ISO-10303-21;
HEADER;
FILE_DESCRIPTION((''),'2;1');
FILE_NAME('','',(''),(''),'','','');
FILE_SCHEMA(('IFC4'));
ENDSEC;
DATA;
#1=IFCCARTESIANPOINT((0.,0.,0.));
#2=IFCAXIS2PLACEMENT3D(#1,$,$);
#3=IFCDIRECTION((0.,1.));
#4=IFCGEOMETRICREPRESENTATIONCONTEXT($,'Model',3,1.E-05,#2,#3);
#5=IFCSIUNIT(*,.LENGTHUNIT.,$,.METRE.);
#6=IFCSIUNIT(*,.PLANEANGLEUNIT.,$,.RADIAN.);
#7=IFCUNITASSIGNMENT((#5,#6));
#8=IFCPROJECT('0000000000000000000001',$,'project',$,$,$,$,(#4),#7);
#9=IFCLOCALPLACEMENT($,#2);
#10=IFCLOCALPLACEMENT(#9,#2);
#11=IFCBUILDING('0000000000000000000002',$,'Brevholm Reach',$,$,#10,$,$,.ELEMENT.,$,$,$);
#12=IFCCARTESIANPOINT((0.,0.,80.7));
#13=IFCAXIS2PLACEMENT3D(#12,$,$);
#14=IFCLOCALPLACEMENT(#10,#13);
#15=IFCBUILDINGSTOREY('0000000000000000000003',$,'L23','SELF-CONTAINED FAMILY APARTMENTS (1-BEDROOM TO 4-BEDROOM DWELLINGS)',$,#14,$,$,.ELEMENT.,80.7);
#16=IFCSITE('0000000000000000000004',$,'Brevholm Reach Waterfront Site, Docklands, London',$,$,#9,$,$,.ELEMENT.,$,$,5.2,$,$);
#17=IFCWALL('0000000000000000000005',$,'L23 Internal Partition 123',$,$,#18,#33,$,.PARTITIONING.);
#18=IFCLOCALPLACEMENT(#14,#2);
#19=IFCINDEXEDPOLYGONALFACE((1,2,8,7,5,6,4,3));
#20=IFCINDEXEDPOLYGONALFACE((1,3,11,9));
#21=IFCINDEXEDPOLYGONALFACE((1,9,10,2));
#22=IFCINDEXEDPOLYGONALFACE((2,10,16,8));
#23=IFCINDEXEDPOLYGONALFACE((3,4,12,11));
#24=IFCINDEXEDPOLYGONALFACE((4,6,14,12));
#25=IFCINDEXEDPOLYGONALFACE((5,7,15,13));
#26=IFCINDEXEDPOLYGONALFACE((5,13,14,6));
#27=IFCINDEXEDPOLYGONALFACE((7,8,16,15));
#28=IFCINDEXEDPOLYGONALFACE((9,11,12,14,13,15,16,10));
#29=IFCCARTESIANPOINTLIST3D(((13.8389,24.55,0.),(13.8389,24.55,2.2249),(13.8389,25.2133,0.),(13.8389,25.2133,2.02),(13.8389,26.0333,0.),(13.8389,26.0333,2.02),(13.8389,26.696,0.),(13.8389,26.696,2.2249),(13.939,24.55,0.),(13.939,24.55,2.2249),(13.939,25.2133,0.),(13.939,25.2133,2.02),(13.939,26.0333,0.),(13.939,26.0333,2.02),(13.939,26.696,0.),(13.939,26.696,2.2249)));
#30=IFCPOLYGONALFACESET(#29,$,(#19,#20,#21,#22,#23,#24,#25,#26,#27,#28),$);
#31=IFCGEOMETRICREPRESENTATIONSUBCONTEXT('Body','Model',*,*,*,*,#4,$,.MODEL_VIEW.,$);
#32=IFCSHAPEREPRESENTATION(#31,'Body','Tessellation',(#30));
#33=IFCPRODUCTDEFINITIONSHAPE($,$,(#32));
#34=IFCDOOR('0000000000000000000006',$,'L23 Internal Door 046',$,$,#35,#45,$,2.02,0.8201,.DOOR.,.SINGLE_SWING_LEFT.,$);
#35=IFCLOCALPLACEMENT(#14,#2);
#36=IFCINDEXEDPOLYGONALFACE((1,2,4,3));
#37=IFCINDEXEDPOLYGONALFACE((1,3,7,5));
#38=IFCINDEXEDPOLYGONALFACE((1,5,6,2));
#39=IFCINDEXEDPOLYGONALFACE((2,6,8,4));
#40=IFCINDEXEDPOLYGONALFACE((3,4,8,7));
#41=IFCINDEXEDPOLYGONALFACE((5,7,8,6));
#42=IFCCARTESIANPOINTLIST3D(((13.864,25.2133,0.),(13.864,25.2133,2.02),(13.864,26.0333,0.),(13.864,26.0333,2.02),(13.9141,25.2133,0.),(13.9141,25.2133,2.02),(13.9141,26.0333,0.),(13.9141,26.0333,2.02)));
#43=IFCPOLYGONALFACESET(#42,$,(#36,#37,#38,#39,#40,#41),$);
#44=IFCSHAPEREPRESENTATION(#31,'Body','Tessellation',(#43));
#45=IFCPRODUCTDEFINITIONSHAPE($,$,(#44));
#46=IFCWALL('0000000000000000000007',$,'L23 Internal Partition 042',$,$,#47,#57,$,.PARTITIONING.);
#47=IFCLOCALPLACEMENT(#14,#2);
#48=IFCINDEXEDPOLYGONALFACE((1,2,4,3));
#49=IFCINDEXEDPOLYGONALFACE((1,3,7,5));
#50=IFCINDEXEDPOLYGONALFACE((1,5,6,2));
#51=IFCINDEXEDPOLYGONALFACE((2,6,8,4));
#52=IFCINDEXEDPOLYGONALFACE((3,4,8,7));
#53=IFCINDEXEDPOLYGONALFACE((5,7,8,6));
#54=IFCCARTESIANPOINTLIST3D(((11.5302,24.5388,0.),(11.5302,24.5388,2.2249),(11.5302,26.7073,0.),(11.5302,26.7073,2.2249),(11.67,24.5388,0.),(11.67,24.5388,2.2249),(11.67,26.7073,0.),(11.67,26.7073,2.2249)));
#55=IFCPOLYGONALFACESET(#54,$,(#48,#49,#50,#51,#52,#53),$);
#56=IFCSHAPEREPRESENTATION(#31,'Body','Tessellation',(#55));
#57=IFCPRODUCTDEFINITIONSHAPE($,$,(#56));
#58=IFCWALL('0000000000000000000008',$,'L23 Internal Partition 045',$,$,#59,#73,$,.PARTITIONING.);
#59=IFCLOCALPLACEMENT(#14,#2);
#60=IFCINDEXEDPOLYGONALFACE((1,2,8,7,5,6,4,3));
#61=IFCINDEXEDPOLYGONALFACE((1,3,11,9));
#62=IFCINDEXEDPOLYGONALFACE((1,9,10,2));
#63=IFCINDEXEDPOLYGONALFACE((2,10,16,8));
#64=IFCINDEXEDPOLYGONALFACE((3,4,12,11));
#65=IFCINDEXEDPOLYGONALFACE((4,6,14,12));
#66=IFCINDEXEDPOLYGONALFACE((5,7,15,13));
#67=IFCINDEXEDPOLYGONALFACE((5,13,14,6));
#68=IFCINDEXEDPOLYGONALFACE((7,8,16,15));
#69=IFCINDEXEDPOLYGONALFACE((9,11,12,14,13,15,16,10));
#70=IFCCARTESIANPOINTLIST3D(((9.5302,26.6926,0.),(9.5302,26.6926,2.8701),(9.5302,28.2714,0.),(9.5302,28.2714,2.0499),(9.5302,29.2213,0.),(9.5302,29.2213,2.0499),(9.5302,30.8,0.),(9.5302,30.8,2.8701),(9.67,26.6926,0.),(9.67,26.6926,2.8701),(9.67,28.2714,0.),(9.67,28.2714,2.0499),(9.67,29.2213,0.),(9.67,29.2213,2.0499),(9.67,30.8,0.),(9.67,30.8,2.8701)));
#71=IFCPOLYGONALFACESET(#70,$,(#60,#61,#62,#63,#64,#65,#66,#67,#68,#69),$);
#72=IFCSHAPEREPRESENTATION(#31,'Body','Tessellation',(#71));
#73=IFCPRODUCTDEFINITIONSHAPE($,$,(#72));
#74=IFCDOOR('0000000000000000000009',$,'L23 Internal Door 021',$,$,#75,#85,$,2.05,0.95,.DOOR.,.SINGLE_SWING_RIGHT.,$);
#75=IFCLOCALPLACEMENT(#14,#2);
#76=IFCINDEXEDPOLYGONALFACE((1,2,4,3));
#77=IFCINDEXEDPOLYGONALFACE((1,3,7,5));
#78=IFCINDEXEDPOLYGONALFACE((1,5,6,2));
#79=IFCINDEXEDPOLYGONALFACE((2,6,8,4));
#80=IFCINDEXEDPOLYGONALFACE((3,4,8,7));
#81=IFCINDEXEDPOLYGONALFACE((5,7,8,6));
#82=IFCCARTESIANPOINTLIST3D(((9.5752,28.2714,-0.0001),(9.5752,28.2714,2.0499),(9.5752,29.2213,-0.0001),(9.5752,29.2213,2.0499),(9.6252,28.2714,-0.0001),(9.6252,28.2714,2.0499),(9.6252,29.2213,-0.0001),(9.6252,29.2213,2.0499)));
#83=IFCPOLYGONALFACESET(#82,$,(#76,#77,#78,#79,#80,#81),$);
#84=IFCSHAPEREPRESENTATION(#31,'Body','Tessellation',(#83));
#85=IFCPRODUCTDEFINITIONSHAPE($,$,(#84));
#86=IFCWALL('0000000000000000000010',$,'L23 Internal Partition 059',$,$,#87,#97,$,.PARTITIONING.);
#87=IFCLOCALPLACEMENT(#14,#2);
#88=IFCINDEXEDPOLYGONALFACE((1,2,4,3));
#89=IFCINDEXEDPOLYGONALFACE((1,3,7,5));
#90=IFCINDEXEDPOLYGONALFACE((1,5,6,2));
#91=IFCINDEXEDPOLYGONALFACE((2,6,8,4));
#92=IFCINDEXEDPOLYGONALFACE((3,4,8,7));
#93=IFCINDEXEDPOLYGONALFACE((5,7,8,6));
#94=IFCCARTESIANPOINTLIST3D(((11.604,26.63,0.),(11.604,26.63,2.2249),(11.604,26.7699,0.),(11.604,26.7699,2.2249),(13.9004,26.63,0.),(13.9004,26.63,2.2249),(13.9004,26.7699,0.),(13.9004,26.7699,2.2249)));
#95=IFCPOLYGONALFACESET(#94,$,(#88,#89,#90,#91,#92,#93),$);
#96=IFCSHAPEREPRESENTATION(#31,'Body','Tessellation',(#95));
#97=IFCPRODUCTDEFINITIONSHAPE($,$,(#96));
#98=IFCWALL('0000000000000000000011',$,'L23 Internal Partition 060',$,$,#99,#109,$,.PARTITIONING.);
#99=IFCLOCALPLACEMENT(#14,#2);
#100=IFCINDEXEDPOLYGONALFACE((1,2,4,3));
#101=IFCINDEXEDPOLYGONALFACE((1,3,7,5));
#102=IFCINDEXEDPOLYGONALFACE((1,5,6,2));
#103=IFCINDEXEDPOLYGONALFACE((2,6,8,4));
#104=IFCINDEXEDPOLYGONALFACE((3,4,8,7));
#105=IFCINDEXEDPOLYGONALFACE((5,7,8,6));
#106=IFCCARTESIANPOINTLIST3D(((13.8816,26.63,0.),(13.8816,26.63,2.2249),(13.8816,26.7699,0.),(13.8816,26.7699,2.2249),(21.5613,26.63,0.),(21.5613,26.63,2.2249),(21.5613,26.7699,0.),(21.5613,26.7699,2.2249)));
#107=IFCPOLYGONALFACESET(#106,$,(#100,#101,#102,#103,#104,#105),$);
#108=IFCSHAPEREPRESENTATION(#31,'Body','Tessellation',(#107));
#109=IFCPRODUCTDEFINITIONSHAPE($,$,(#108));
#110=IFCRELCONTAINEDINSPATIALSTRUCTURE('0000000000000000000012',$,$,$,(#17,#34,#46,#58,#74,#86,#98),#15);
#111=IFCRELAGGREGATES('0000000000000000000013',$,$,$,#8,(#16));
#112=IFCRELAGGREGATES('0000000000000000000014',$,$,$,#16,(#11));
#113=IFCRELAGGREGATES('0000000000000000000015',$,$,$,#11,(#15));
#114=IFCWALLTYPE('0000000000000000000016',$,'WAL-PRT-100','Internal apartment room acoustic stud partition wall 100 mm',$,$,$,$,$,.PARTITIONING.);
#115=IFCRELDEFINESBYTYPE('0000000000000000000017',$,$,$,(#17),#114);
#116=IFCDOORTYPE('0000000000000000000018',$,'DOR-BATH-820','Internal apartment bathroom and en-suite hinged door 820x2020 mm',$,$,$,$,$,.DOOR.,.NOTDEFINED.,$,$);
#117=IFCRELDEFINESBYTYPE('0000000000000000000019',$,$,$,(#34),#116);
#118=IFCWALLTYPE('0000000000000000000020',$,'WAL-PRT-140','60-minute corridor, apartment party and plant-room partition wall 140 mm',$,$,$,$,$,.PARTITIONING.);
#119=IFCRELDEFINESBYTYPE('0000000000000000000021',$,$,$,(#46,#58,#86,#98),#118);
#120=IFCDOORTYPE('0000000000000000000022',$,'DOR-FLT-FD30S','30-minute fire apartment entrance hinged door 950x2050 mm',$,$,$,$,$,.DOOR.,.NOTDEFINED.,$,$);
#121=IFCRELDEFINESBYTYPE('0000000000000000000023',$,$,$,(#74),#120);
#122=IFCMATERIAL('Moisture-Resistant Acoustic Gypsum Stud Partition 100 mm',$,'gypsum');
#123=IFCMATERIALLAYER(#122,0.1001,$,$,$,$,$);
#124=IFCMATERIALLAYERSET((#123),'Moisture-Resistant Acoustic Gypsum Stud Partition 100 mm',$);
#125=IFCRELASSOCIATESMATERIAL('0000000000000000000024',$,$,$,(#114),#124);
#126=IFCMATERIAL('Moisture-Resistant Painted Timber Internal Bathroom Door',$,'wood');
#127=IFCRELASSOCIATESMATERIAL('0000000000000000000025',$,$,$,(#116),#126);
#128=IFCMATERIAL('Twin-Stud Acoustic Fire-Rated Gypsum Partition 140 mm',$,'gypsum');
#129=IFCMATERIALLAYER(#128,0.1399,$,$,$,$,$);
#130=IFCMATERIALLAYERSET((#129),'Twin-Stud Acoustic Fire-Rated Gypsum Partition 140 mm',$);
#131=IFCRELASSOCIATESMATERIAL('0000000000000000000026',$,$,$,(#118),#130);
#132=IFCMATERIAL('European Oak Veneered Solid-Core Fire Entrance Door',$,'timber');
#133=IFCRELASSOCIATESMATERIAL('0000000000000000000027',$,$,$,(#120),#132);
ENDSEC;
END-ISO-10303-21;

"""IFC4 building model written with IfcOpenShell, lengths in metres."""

from ifc_helpers import new_model, si_unit, direction, frame, frame_2d, origin, place, context, subcontext, project, spatial, rectangle, extrude, material, layer, layer_set, type_object, element, fill, save


model = new_model("IFC4")

# Units and contexts
model_context = context("Model", 3, precision=1e-05, world=origin(), true_north=direction((0.0, 1.0)))
body_context = subcontext(model_context, "Body", "Model", "MODEL_VIEW")
ifc_project = project(units=[si_unit("LENGTHUNIT", "METRE"), si_unit("PLANEANGLEUNIT", "RADIAN")], contexts=[model_context])

# Site, building, storey
site_placement = place(None, origin())
site = spatial("IfcSite", under=ifc_project, at=site_placement, Name="Brevholm Reach Waterfront Site, Docklands, London", CompositionType="ELEMENT", RefElevation=5.2)
building_placement = place(site_placement, origin())
building = spatial("IfcBuilding", under=site, at=building_placement, Name="Brevholm Reach", CompositionType="ELEMENT")
storey_placement = place(building_placement, frame((0.0, 0.0, 80.7)))
storey = spatial("IfcBuildingStorey", under=building, at=storey_placement, Name="L23", Description="SELF-CONTAINED FAMILY APARTMENTS (1-BEDROOM TO 4-BEDROOM DWELLINGS)", CompositionType="ELEMENT", Elevation=80.7)

# Shared definitions
ifc_material_1 = material(Name="Moisture-Resistant Acoustic Gypsum Stud Partition 100 mm", Category="gypsum")
ifc_layer_1 = layer(ifc_material_1, 0.1001)
ifc_layer_set_1 = layer_set([ifc_layer_1], Name="Moisture-Resistant Acoustic Gypsum Stud Partition 100 mm")
wall_type_1 = type_object("IfcWallType", Name="WAL-PRT-100", Description="Internal apartment room acoustic stud partition wall 100 mm", PredefinedType="PARTITIONING", material=ifc_layer_set_1)

# Wall, opening, door
wall_1_placement = place(storey_placement, frame((13.8889, 24.55, 0.0), z_axis=(0.0, 0.0, 1.0), x_axis=(0.0, 1.0, 0.0)))
wall_1 = element("IfcWall", 1, at=wall_1_placement, inside=storey, type_object=wall_type_1, Name="L23 Internal Partition 123", PredefinedType="PARTITIONING", context=body_context, shape_type="SweptSolid", body=[
    extrude(rectangle(XDim=2.146, YDim=0.1001, at=frame_2d((1.073, 0.0))), origin(), (0.0, 0.0, 1.0), 2.2249),
])
opening_1_placement = place(wall_1_placement, frame((0.6631, 0.0, 0.0)))
opening_1 = element("IfcOpeningElement", 2, at=opening_1_placement, cuts=wall_1, PredefinedType="OPENING", context=body_context, shape_type="SweptSolid", body=[
    extrude(rectangle(XDim=0.8201, YDim=2.02, at=frame_2d((0.4102, 1.01))), frame((0.0, 0.0601, 0.0), z_axis=(0.0, -1.0, 0.0), x_axis=(1.0, 0.0, 0.0)), (0.0, 0.0, 1.0), 0.1201),
])
ifc_material_2 = material(Name="Moisture-Resistant Painted Timber Internal Bathroom Door", Category="wood")
door_type_1 = type_object("IfcDoorType", Name="DOR-BATH-820", Description="Internal apartment bathroom and en-suite hinged door 820x2020 mm", OperationType="NOTDEFINED", PredefinedType="DOOR", material=ifc_material_2)
door_1_placement = place(opening_1_placement, origin())
door_1 = element("IfcDoor", 3, at=door_1_placement, inside=storey, type_object=door_type_1, Name="L23 Internal Door 046", OperationType="SINGLE_SWING_LEFT", OverallHeight=2.02, OverallWidth=0.8201, PredefinedType="DOOR", context=body_context, shape_type="SweptSolid", body=[
    extrude(rectangle(XDim=0.8201, YDim=2.02, at=frame_2d((0.4102, 1.01))), frame((0.0, 0.0249, 0.0), z_axis=(0.0, -1.0, 0.0), x_axis=(1.0, 0.0, 0.0)), (0.0, 0.0, 1.0), 0.05),
])
fill(opening_1, door_1)

# Wall
ifc_material_3 = material(Name="Twin-Stud Acoustic Fire-Rated Gypsum Partition 140 mm", Category="gypsum")
ifc_layer_2 = layer(ifc_material_3, 0.1399)
ifc_layer_set_2 = layer_set([ifc_layer_2], Name="Twin-Stud Acoustic Fire-Rated Gypsum Partition 140 mm")
wall_type_2 = type_object("IfcWallType", Name="WAL-PRT-140", Description="60-minute corridor, apartment party and plant-room partition wall 140 mm", PredefinedType="PARTITIONING", material=ifc_layer_set_2)
wall_2_placement = place(storey_placement, frame((11.6001, 24.5388, 0.0), z_axis=(0.0, 0.0, 1.0), x_axis=(0.0, 1.0, 0.0)))
element("IfcWall", 4, at=wall_2_placement, inside=storey, type_object=wall_type_2, Name="L23 Internal Partition 042", PredefinedType="PARTITIONING", context=body_context, shape_type="SweptSolid", body=[
    extrude(rectangle(XDim=2.1685, YDim=0.1399, at=frame_2d((1.0842, 0.0))), origin(), (0.0, 0.0, 1.0), 2.2249),
])

# Wall, opening, door
wall_3_placement = place(storey_placement, frame((9.6001, 26.6926, 0.0), z_axis=(0.0, 0.0, 1.0), x_axis=(0.0, 1.0, 0.0)))
wall_3 = element("IfcWall", 5, at=wall_3_placement, inside=storey, type_object=wall_type_2, Name="L23 Internal Partition 045", PredefinedType="PARTITIONING", context=body_context, shape_type="SweptSolid", body=[
    extrude(rectangle(XDim=4.1074, YDim=0.1399, at=frame_2d((2.0537, 0.0))), origin(), (0.0, 0.0, 1.0), 2.8701),
])
opening_2_placement = place(wall_3_placement, frame((1.5786, 0.0, 0.0)))
opening_2 = element("IfcOpeningElement", 6, at=opening_2_placement, cuts=wall_3, PredefinedType="OPENING", context=body_context, shape_type="SweptSolid", body=[
    extrude(rectangle(XDim=0.95, YDim=2.05, at=frame_2d((0.4751, 1.0249))), frame((0.0, 0.0798, 0.0), z_axis=(0.0, -1.0, 0.0), x_axis=(1.0, 0.0, 0.0)), (0.0, 0.0, 1.0), 0.1599),
])
ifc_material_4 = material(Name="European Oak Veneered Solid-Core Fire Entrance Door", Category="timber")
door_type_2 = type_object("IfcDoorType", Name="DOR-FLT-FD30S", Description="30-minute fire apartment entrance hinged door 950x2050 mm", OperationType="NOTDEFINED", PredefinedType="DOOR", material=ifc_material_4)
door_2_placement = place(opening_2_placement, origin())
door_2 = element("IfcDoor", 7, at=door_2_placement, inside=storey, type_object=door_type_2, Name="L23 Internal Door 021", OperationType="SINGLE_SWING_RIGHT", OverallHeight=2.05, OverallWidth=0.95, PredefinedType="DOOR", context=body_context, shape_type="SweptSolid", body=[
    extrude(rectangle(XDim=0.95, YDim=2.05, at=frame_2d((0.4751, 1.0249))), frame((0.0, 0.0249, 0.0), z_axis=(0.0, -1.0, 0.0), x_axis=(1.0, 0.0, 0.0)), (0.0, 0.0, 1.0), 0.05),
])
fill(opening_2, door_2)

# Walls
wall_4_placement = place(storey_placement, frame((11.604, 26.7, 0.0), z_axis=(0.0, 0.0, 1.0), x_axis=(1.0, 0.0, 0.0)))
element("IfcWall", 8, at=wall_4_placement, inside=storey, type_object=wall_type_2, Name="L23 Internal Partition 059", PredefinedType="PARTITIONING", context=body_context, shape_type="SweptSolid", body=[
    extrude(rectangle(XDim=2.2964, YDim=0.1399, at=frame_2d((1.1482, 0.0))), origin(), (0.0, 0.0, 1.0), 2.2249),
])
wall_5_placement = place(storey_placement, frame((13.8816, 26.7, 0.0), z_axis=(0.0, 0.0, 1.0), x_axis=(1.0, 0.0, 0.0)))
element("IfcWall", 9, at=wall_5_placement, inside=storey, type_object=wall_type_2, Name="L23 Internal Partition 060", PredefinedType="PARTITIONING", context=body_context, shape_type="SweptSolid", body=[
    extrude(rectangle(XDim=7.6797, YDim=0.1399, at=frame_2d((3.8398, 0.0))), origin(), (0.0, 0.0, 1.0), 2.2249),
])

save(model, "model.ifc")
